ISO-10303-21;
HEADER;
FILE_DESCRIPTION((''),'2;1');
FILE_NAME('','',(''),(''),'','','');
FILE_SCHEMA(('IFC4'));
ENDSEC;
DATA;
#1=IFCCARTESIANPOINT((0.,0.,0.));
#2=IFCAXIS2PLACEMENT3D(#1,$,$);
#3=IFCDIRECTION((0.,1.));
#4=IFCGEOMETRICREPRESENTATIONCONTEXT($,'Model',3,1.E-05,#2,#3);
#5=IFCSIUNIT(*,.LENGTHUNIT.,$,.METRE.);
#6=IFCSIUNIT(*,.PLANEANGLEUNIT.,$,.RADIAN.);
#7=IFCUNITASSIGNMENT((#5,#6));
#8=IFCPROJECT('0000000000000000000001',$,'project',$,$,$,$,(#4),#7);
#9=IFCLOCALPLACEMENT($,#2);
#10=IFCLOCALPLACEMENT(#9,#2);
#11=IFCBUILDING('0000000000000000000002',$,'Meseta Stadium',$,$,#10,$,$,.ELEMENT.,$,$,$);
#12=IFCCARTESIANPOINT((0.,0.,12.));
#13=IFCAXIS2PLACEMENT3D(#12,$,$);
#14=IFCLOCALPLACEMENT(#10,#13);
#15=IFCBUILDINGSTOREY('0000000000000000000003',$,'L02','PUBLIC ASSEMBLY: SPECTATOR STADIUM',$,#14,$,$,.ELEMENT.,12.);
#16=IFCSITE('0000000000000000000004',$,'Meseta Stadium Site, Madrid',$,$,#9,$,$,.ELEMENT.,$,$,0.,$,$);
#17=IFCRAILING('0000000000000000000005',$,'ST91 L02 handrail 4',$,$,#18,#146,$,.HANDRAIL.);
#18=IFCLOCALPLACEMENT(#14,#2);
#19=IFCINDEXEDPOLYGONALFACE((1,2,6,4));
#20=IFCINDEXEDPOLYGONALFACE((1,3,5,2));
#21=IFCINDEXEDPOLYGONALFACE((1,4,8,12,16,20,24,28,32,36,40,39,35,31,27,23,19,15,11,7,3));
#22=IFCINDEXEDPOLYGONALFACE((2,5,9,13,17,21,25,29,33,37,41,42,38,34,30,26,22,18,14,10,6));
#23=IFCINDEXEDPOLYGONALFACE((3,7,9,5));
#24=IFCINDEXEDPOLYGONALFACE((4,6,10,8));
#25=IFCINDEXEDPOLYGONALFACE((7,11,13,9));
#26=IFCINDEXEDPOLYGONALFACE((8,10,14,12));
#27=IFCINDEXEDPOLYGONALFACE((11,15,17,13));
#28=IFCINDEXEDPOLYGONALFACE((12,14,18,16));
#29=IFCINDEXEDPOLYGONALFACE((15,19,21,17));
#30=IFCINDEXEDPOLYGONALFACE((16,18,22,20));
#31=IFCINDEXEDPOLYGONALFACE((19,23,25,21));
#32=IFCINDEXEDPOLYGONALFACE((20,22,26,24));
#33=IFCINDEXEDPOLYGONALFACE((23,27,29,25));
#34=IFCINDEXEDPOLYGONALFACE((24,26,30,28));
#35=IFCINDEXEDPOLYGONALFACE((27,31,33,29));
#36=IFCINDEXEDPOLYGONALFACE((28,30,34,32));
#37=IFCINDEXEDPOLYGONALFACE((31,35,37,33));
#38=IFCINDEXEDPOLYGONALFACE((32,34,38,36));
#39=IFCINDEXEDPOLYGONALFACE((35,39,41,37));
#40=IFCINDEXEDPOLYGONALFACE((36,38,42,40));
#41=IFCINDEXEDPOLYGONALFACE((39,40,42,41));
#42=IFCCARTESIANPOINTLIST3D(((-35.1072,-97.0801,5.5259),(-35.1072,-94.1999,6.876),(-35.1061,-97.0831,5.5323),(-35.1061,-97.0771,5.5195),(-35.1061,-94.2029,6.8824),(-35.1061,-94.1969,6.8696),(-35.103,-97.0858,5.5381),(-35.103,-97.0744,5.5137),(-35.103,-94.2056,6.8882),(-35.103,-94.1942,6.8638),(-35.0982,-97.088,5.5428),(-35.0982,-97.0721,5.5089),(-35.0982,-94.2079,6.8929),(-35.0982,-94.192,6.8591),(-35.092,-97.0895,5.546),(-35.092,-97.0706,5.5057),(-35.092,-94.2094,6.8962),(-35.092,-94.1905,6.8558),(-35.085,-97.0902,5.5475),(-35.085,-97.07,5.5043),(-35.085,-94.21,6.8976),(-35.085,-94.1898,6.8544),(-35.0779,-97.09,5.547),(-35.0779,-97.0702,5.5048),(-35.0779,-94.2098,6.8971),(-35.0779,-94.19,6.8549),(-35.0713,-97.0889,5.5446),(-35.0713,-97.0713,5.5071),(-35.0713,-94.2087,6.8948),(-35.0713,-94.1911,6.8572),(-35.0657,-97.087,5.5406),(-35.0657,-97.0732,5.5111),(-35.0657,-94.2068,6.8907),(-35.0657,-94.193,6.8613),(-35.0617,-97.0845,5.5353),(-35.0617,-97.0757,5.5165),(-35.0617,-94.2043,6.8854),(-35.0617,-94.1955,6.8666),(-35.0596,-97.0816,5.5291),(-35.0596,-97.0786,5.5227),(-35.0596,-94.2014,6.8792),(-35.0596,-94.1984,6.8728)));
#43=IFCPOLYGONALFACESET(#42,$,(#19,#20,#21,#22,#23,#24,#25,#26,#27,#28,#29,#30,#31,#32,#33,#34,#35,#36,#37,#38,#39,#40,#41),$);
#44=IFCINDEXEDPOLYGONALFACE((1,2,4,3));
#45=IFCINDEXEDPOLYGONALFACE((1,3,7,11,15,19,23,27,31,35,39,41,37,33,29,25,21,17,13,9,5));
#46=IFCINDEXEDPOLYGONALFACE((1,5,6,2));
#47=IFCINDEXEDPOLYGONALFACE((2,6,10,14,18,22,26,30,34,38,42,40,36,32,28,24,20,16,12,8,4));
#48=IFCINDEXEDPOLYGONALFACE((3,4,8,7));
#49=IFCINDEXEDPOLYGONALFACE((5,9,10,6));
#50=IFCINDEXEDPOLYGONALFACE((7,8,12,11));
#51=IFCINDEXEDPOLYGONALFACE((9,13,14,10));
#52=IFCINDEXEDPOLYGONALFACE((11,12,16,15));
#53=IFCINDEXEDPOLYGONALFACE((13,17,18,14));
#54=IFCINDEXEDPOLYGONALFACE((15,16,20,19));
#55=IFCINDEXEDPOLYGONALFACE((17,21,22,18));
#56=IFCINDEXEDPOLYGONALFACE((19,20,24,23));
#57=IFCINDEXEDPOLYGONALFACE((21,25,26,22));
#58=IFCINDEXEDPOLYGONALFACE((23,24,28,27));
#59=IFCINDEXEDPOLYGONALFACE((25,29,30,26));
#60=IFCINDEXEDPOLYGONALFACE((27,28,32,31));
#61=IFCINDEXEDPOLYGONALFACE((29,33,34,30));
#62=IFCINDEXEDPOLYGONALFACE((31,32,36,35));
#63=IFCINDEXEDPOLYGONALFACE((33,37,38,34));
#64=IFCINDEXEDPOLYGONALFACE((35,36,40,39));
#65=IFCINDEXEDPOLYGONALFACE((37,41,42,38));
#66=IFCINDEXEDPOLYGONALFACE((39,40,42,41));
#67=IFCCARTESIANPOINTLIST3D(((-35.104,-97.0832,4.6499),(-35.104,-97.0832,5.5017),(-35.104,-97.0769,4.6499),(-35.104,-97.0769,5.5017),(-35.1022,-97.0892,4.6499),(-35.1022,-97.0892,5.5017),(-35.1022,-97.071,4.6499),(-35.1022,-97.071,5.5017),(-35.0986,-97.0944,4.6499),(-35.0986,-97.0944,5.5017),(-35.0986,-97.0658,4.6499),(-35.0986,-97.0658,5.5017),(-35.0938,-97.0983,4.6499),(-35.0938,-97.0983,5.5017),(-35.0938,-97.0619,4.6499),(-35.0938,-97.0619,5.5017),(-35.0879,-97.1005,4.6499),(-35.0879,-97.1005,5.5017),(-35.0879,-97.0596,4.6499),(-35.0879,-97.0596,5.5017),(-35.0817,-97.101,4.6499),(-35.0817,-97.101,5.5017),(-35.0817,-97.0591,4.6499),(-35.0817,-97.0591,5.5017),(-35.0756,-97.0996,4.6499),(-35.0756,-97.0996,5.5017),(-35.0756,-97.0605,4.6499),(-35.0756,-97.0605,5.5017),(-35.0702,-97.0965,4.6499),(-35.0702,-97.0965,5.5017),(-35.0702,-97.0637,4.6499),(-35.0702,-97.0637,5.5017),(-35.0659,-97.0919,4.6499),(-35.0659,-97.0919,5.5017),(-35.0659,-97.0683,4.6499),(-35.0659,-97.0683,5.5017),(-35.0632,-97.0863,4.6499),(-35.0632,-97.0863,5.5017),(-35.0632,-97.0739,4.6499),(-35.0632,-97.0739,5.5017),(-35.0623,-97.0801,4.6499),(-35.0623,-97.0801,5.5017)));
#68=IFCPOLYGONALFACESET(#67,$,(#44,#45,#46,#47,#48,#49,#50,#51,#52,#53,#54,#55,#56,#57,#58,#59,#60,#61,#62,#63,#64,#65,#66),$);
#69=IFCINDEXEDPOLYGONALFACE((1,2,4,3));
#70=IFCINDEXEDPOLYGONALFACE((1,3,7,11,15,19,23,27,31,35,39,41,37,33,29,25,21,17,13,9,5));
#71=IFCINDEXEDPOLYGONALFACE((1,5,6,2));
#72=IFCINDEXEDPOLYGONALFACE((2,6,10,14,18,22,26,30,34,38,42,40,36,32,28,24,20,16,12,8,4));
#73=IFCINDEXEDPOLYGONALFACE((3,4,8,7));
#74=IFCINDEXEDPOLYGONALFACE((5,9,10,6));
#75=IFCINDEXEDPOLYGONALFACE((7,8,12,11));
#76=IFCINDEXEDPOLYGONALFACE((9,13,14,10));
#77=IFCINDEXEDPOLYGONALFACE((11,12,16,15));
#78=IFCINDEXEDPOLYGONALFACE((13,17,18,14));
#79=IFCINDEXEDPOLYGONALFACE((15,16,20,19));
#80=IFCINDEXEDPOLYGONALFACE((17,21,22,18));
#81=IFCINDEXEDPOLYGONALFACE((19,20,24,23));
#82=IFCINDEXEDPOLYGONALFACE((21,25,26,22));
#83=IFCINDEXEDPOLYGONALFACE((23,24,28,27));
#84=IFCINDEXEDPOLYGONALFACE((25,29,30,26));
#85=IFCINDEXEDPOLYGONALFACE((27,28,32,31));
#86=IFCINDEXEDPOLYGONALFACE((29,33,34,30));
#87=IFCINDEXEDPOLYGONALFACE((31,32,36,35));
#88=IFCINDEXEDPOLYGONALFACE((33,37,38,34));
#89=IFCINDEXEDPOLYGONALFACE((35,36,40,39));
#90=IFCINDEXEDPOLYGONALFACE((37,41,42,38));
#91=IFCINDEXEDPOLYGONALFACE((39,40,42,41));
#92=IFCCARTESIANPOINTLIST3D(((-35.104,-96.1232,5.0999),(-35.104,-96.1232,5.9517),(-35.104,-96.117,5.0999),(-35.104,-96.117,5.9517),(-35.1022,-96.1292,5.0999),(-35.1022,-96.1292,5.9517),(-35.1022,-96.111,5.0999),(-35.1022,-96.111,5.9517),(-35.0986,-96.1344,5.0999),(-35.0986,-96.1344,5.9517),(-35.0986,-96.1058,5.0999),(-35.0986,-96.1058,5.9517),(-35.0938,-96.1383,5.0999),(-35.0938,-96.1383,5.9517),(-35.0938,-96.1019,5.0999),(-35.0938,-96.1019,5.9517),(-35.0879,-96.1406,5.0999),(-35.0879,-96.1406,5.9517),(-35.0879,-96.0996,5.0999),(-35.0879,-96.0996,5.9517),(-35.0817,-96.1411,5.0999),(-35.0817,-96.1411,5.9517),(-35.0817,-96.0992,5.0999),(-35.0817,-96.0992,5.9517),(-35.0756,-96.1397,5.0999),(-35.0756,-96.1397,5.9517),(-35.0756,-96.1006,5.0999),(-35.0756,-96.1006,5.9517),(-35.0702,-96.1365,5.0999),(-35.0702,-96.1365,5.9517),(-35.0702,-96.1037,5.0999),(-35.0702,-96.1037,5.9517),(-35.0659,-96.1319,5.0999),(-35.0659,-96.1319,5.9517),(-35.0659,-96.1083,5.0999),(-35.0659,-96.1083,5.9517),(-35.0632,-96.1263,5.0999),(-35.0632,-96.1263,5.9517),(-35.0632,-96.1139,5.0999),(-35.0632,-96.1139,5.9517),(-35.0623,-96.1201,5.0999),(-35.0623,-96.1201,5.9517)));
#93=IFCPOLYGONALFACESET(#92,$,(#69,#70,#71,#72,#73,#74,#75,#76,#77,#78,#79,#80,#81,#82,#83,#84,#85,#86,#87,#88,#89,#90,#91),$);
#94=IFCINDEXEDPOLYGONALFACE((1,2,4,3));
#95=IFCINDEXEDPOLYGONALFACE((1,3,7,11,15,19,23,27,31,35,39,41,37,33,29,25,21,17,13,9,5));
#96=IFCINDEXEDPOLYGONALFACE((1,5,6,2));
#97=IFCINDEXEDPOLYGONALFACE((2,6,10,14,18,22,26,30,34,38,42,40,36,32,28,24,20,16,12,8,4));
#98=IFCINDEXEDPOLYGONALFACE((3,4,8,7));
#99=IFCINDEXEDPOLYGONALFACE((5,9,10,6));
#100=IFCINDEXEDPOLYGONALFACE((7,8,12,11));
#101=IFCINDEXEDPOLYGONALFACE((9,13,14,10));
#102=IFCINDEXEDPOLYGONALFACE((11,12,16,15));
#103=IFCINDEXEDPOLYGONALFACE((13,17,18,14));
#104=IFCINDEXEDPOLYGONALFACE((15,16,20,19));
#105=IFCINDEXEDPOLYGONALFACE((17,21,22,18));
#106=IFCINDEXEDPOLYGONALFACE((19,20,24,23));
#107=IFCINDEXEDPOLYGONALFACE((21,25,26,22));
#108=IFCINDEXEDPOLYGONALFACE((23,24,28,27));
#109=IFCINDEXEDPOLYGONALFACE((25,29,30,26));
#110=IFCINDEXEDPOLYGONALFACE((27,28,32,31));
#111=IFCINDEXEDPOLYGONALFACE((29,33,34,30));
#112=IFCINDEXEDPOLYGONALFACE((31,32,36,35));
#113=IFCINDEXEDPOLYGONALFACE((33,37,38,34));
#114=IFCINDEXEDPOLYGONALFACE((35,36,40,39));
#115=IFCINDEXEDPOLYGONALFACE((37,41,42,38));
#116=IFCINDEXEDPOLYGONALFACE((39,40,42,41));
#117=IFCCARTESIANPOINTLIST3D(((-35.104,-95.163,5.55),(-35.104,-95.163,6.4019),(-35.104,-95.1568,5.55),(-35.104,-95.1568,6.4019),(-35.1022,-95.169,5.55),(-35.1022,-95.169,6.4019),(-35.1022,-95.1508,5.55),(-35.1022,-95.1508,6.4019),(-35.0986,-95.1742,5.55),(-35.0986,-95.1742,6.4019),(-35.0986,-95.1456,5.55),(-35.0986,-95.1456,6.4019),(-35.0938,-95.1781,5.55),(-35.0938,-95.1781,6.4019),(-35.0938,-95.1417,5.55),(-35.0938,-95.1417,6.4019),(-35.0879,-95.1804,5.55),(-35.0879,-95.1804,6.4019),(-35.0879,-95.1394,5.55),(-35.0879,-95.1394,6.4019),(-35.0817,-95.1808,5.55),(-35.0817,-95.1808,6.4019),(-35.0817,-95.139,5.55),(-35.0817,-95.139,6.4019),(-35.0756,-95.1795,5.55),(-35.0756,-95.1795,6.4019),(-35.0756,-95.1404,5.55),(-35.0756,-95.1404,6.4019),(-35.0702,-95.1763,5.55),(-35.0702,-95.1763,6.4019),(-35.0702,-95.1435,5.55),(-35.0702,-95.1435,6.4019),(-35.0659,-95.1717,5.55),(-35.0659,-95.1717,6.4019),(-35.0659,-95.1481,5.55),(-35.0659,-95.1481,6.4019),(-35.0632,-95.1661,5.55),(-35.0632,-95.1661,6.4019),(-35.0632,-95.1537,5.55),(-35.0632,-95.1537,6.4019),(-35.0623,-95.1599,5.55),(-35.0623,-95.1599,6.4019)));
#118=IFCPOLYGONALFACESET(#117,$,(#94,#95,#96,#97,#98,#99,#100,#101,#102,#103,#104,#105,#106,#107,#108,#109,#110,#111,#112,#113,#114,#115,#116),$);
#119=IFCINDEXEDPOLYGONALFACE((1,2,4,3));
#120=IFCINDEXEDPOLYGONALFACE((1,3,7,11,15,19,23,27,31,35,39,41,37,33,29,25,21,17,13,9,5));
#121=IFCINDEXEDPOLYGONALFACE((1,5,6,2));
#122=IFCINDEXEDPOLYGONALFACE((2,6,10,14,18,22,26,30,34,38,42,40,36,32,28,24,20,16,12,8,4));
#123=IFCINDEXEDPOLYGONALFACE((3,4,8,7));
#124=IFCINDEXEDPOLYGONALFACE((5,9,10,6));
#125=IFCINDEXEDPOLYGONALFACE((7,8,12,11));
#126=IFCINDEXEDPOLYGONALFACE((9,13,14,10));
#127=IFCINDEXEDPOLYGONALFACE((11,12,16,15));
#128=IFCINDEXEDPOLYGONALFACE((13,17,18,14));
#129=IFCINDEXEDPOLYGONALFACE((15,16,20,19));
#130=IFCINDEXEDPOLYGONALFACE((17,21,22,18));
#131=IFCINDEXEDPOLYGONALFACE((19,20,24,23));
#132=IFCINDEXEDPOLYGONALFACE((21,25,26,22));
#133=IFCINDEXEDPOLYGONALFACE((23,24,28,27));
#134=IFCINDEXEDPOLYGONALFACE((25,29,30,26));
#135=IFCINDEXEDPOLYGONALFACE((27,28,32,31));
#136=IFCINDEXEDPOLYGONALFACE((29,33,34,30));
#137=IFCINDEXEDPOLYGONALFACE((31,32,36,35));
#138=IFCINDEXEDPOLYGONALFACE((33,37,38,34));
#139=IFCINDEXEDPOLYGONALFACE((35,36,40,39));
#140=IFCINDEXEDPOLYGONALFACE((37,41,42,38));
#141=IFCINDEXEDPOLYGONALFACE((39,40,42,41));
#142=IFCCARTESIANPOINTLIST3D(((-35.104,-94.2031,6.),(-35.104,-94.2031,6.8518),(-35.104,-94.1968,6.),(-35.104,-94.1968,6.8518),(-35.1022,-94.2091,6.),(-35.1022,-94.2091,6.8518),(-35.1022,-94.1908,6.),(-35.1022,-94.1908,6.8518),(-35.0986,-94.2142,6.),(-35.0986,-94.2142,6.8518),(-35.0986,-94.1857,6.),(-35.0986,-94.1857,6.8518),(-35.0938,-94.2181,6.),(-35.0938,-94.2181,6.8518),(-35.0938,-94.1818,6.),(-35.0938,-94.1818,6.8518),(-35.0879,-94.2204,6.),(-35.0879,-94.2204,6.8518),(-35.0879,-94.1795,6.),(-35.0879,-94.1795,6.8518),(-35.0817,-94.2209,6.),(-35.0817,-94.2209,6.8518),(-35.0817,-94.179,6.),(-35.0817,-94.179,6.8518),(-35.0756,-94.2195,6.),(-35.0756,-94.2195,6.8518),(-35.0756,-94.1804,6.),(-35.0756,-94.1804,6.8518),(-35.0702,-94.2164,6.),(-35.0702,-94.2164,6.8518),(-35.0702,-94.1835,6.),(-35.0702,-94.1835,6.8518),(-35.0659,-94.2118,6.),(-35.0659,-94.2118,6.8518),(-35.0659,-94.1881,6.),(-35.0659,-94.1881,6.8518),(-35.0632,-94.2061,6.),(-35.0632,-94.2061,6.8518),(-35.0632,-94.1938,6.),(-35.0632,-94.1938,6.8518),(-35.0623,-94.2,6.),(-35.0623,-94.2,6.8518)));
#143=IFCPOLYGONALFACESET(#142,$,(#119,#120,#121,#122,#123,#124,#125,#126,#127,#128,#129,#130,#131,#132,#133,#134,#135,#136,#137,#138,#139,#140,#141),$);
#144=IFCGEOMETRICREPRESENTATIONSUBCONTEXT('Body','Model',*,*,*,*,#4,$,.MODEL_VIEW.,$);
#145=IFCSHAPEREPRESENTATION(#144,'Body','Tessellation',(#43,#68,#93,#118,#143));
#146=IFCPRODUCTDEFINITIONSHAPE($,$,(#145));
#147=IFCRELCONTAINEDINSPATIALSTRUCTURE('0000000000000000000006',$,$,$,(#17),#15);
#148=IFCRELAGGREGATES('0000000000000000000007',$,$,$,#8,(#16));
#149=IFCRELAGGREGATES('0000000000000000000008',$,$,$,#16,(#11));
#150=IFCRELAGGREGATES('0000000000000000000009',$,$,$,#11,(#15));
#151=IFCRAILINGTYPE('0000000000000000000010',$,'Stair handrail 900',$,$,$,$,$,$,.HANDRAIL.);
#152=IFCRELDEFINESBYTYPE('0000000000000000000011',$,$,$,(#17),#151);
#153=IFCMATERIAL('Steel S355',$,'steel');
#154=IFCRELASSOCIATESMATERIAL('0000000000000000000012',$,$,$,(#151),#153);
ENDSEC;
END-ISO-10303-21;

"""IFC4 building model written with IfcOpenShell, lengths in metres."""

from ifc_helpers import new_model, si_unit, direction, frame, origin, origin_2d, place, context, subcontext, project, spatial, circle, extrude, material, type_object, element, save


model = new_model("IFC4")

# Units and contexts
model_context = context("Model", 3, precision=1e-05, world=origin(), true_north=direction((0.0, 1.0)))
body_context = subcontext(model_context, "Body", "Model", "MODEL_VIEW")
ifc_project = project(units=[si_unit("LENGTHUNIT", "METRE"), si_unit("PLANEANGLEUNIT", "RADIAN")], contexts=[model_context])

# Site, building, storey
site_placement = place(None, origin())
site = spatial("IfcSite", under=ifc_project, at=site_placement, Name="Meseta Stadium Site, Madrid", CompositionType="ELEMENT", RefElevation=0.0)
building_placement = place(site_placement, origin())
building = spatial("IfcBuilding", under=site, at=building_placement, Name="Meseta Stadium", CompositionType="ELEMENT")
storey_placement = place(building_placement, frame((0.0, 0.0, 12.0)))
storey = spatial("IfcBuildingStorey", under=building, at=storey_placement, Name="L02", Description="PUBLIC ASSEMBLY: SPECTATOR STADIUM", CompositionType="ELEMENT", Elevation=12.0)

# Railing
ifc_material_1 = material(Name="Steel S355", Category="steel")
railing_type_1 = type_object("IfcRailingType", Name="Stair handrail 900", PredefinedType="HANDRAIL", material=ifc_material_1)
for number, where, name in (
    (1, (-35.0833, -97.0801, 4.6499), "ST91 L02 handrail 4"),
):
    element("IfcRailing", number, at=place(storey_placement, frame(where)), inside=storey, type_object=railing_type_1, Name=name, PredefinedType="HANDRAIL", context=body_context, shape_type="SweptSolid", body=[
        extrude(circle(Radius=0.0239, at=origin_2d()), frame((0.0, 0.0, 0.876), z_axis=(0.0, 0.905454, 0.424444), x_axis=(-1.0, 0.0, 0.0)), (0.0, 0.0, 1.0), 3.1809),
        extrude(circle(Radius=0.021, at=origin_2d()), origin(), (0.0, 0.0, 1.0), 0.8518),
        extrude(circle(Radius=0.021, at=origin_2d()), frame((0.0, 0.96, 0.45)), (0.0, 0.0, 1.0), 0.8518),
        extrude(circle(Radius=0.021, at=origin_2d()), frame((0.0, 1.9202, 0.9001)), (0.0, 0.0, 1.0), 0.8518),
        extrude(circle(Radius=0.021, at=origin_2d()), frame((0.0, 2.8801, 1.3501)), (0.0, 0.0, 1.0), 0.8518),
    ])

save(model, "model.ifc")
